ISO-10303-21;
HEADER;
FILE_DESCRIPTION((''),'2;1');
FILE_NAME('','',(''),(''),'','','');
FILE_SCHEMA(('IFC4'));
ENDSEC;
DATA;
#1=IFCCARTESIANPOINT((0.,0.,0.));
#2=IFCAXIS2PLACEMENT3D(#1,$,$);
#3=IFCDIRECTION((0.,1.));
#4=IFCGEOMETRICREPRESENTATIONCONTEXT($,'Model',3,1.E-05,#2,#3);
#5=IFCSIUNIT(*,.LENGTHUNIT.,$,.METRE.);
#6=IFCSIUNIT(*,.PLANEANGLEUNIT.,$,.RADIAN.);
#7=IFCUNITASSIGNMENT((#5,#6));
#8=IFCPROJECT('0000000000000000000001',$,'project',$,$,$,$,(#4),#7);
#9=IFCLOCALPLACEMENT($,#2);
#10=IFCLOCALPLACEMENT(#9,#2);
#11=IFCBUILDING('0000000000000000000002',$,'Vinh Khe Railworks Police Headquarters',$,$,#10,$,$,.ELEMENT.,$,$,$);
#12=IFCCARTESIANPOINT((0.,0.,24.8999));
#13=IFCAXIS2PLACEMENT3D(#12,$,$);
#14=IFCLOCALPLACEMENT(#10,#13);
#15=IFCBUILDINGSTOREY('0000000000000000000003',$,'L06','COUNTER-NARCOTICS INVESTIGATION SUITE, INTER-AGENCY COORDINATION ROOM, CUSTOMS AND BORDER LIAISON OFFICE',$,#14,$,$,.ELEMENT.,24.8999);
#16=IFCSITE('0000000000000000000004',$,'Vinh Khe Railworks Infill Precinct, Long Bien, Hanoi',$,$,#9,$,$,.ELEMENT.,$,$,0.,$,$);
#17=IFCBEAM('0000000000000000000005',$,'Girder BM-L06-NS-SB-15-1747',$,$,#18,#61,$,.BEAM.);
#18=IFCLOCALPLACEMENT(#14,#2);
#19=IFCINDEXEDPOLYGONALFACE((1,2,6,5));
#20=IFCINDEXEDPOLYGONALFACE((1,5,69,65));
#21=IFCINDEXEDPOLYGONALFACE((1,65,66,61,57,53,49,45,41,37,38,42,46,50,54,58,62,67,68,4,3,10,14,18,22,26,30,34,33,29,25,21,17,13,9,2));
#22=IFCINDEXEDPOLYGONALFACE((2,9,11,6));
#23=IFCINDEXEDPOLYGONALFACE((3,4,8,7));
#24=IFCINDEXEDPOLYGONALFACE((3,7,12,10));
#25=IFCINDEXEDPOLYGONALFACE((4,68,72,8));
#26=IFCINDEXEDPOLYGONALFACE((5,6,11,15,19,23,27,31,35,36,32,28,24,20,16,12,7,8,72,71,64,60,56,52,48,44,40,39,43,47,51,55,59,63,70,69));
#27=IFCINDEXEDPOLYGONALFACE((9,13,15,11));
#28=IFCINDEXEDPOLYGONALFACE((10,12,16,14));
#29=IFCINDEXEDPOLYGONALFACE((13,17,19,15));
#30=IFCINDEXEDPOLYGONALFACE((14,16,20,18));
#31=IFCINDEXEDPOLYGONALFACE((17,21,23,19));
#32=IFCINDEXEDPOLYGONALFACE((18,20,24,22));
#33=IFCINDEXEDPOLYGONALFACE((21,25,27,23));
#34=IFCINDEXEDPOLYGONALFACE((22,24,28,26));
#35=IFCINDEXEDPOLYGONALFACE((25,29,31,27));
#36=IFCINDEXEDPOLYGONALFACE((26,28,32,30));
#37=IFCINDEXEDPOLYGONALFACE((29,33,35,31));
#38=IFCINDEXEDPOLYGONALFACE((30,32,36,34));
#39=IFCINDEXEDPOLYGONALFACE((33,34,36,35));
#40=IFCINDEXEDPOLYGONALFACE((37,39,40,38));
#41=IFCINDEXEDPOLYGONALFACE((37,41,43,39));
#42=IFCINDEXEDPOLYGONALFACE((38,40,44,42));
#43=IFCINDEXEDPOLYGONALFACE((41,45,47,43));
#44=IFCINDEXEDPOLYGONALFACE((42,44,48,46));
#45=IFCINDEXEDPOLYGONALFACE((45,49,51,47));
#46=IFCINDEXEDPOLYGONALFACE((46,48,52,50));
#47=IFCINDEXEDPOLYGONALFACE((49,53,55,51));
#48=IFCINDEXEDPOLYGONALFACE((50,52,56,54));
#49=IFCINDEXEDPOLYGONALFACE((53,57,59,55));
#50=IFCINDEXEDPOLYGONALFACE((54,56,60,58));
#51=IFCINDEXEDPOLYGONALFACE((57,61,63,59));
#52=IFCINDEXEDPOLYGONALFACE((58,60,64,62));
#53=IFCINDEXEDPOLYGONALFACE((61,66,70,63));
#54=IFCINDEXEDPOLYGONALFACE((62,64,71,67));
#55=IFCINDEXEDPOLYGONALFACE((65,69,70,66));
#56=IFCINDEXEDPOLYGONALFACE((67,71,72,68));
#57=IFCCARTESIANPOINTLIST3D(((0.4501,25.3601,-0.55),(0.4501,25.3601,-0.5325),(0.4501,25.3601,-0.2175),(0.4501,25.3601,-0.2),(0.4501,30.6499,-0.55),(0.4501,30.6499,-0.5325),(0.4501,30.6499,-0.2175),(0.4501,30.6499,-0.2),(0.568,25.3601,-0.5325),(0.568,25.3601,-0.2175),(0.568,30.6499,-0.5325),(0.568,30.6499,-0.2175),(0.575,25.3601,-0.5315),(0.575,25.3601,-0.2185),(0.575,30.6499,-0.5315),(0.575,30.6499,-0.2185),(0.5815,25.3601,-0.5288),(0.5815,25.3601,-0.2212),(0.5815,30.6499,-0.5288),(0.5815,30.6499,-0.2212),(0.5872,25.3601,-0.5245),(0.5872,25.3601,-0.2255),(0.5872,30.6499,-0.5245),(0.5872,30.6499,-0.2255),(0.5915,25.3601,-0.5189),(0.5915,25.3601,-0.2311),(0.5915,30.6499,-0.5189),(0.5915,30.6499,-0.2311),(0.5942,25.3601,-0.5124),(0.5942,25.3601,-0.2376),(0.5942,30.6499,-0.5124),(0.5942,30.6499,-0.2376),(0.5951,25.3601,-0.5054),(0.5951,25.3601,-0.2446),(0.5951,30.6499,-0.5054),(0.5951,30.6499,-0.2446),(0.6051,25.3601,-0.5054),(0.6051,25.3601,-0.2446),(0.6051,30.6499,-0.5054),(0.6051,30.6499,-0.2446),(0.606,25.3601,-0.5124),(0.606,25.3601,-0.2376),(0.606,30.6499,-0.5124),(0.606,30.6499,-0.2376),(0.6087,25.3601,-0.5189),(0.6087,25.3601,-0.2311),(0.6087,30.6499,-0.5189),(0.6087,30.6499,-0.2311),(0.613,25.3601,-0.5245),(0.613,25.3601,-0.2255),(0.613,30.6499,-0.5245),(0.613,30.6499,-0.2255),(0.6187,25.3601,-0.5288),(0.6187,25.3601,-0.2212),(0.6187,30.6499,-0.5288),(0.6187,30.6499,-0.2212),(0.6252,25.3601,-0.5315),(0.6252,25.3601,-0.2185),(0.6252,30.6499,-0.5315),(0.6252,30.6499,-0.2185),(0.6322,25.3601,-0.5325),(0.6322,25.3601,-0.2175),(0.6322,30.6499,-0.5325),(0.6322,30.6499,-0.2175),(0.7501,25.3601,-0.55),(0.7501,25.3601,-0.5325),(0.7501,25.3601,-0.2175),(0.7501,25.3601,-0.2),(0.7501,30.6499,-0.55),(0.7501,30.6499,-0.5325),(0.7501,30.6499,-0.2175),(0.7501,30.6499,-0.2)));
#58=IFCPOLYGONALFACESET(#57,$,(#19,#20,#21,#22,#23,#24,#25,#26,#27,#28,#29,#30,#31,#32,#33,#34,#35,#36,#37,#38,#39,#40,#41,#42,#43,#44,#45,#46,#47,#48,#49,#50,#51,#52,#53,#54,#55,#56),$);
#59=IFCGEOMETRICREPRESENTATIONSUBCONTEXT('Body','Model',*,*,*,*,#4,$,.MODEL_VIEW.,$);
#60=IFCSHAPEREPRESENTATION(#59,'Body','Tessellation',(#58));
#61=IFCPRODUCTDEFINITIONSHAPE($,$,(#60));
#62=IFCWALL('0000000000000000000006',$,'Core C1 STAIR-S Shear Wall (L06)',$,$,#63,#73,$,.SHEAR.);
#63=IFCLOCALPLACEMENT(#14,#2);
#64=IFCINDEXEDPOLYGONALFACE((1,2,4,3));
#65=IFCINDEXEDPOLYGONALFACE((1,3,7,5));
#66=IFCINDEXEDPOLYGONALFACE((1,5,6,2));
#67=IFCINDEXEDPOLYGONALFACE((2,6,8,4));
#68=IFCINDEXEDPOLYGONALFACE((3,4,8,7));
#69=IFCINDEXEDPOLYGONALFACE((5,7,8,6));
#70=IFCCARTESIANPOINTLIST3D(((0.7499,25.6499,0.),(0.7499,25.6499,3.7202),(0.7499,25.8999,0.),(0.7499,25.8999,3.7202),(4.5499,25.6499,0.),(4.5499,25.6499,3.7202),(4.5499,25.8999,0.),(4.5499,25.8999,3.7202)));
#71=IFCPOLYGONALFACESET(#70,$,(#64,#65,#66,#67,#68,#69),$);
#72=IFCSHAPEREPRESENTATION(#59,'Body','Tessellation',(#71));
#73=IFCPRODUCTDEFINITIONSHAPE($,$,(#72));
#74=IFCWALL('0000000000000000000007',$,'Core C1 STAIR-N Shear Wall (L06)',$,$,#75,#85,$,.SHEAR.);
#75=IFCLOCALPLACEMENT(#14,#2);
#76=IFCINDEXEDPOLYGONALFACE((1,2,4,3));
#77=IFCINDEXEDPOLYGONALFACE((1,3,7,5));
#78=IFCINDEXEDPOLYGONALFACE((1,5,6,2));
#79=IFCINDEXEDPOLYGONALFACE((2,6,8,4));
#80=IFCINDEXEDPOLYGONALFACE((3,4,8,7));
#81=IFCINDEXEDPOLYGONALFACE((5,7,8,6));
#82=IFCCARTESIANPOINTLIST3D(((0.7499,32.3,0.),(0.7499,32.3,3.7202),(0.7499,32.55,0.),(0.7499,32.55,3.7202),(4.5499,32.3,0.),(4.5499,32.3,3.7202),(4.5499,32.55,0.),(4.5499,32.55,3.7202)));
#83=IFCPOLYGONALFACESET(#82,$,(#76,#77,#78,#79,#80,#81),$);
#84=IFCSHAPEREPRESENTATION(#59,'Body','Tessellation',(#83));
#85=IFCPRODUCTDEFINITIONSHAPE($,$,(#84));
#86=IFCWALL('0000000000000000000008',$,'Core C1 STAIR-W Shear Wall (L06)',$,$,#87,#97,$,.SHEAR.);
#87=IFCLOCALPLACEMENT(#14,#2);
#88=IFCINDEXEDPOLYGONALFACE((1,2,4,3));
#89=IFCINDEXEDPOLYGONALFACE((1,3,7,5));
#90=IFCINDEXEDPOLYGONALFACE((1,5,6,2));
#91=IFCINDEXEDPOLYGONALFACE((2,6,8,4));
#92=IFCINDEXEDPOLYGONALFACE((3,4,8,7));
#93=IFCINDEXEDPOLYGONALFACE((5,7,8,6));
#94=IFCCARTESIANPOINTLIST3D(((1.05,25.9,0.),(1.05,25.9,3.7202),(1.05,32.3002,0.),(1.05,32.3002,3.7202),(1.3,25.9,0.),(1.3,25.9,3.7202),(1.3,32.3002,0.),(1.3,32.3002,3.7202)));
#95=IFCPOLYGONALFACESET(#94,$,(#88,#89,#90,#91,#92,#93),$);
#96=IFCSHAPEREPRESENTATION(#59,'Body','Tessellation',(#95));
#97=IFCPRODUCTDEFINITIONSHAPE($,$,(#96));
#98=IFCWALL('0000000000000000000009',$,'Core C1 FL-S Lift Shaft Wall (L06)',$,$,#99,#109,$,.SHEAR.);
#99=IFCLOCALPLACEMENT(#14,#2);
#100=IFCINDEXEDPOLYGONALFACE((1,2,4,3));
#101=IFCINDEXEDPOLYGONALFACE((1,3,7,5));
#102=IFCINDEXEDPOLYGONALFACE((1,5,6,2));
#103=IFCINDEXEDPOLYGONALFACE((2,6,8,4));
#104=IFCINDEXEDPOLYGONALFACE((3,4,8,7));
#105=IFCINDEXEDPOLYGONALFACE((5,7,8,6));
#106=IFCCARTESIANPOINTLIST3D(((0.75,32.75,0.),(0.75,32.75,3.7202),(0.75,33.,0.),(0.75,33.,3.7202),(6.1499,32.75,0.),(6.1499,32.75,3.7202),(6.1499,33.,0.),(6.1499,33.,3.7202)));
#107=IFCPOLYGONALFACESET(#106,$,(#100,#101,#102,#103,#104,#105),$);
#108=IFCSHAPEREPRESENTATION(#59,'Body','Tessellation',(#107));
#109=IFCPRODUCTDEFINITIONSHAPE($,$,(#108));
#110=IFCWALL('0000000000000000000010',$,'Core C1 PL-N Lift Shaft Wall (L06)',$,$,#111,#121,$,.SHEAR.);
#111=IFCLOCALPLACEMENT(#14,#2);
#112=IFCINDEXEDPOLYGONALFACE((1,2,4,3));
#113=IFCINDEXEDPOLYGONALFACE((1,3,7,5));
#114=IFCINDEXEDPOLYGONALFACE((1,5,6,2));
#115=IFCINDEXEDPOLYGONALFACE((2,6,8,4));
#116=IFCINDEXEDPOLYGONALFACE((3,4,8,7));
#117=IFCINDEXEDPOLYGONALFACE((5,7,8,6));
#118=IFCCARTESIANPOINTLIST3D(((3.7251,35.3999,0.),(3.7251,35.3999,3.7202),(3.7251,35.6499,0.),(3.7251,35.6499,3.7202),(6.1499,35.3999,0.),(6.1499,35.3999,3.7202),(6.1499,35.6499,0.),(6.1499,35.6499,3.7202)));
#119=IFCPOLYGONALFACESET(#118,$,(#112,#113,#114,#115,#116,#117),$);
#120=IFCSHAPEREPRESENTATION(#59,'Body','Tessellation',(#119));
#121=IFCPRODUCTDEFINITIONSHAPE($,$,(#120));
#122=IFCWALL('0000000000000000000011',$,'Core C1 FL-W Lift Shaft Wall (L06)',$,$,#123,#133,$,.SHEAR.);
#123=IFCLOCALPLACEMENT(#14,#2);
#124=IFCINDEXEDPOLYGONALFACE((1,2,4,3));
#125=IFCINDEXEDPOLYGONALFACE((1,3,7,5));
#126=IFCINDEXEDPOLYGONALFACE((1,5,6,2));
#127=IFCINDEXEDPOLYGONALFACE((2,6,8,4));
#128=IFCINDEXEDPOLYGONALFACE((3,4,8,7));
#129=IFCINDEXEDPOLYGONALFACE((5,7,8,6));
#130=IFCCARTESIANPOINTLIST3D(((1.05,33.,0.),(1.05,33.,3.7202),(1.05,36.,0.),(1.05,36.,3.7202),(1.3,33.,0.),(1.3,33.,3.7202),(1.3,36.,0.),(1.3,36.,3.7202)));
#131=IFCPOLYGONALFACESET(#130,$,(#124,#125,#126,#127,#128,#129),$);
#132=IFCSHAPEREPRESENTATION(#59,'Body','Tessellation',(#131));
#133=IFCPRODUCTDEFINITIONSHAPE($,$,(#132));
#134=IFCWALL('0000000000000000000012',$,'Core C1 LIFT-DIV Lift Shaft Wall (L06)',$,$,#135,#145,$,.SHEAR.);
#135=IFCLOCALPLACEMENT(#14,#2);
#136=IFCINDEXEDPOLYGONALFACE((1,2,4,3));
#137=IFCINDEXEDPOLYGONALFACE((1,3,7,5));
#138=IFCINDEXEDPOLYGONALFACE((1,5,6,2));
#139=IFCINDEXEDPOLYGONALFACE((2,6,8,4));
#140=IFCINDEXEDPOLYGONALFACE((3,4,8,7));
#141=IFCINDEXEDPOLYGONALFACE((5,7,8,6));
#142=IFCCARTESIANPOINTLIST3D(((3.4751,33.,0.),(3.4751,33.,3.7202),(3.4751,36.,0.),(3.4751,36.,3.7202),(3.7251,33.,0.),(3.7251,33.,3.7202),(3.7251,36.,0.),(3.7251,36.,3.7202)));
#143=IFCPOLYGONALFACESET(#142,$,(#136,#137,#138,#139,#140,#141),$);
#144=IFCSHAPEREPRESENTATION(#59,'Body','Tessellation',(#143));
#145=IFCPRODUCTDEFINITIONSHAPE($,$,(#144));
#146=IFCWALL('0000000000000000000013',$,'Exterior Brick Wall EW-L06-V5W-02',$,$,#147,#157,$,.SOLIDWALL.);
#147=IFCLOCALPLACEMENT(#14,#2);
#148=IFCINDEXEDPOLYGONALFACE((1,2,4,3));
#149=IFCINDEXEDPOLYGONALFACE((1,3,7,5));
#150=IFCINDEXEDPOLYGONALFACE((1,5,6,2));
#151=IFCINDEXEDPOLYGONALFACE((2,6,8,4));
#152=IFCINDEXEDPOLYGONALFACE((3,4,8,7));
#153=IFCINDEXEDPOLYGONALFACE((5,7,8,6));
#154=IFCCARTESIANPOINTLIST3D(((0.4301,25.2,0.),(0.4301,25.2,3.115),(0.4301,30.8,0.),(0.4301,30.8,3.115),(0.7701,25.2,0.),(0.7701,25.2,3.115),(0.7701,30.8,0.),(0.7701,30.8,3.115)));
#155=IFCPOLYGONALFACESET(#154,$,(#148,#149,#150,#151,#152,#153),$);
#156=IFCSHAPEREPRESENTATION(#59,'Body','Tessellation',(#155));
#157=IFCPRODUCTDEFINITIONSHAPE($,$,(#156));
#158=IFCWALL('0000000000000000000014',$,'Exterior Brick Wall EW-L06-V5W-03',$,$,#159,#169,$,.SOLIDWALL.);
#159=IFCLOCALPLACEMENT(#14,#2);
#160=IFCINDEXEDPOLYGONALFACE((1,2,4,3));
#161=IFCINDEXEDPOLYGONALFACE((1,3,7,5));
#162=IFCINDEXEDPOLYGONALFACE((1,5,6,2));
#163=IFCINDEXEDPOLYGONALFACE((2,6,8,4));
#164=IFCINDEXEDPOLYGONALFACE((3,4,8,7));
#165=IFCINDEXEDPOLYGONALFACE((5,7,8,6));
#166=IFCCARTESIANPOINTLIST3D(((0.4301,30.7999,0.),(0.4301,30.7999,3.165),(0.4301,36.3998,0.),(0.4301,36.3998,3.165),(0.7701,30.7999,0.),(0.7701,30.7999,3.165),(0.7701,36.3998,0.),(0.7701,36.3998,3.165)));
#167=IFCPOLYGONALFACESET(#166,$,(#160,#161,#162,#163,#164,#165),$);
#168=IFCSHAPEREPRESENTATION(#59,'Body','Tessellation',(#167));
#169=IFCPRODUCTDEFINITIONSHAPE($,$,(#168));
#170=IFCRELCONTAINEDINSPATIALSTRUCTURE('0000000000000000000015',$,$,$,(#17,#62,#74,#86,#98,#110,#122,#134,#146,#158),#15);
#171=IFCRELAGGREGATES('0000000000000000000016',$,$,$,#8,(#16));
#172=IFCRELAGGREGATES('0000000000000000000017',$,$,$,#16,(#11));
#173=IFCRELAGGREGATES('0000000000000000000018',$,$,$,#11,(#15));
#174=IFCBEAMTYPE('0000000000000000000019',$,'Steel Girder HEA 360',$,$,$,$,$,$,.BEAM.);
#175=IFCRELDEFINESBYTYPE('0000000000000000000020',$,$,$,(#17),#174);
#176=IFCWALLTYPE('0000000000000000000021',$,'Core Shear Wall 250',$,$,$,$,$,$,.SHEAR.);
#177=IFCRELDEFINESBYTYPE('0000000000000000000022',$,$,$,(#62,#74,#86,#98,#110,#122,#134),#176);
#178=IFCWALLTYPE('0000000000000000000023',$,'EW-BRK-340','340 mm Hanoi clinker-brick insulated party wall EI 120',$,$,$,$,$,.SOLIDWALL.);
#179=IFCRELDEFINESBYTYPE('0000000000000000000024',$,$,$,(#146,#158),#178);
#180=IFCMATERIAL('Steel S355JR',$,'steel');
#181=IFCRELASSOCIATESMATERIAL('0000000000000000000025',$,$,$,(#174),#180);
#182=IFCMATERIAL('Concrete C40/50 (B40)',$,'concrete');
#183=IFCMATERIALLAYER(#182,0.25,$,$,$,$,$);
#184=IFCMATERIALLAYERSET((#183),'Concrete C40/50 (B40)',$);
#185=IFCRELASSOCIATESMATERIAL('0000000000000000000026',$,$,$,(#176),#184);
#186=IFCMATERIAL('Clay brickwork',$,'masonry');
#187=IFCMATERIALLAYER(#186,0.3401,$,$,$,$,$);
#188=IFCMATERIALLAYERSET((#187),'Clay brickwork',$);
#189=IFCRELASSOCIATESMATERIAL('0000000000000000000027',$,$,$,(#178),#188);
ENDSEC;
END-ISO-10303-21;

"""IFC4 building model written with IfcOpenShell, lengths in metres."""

from ifc_helpers import new_model, si_unit, direction, frame, frame_2d, origin, origin_2d, place, context, subcontext, project, spatial, rectangle, i_section, extrude, material, layer, layer_set, material_profile, profile_set, type_object, element, save


model = new_model("IFC4")

# Units and contexts
model_context = context("Model", 3, precision=1e-05, world=origin(), true_north=direction((0.0, 1.0)))
body_context = subcontext(model_context, "Body", "Model", "MODEL_VIEW")
ifc_project = project(units=[si_unit("LENGTHUNIT", "METRE"), si_unit("PLANEANGLEUNIT", "RADIAN")], contexts=[model_context])

# Site, building, storey
site_placement = place(None, origin())
site = spatial("IfcSite", under=ifc_project, at=site_placement, Name="Vinh Khe Railworks Infill Precinct, Long Bien, Hanoi", CompositionType="ELEMENT", RefElevation=0.0)
building_placement = place(site_placement, origin())
building = spatial("IfcBuilding", under=site, at=building_placement, Name="Vinh Khe Railworks Police Headquarters", CompositionType="ELEMENT")
storey_placement = place(building_placement, frame((0.0, 0.0, 24.8999)))
storey = spatial("IfcBuildingStorey", under=building, at=storey_placement, Name="L06", Description="COUNTER-NARCOTICS INVESTIGATION SUITE, INTER-AGENCY COORDINATION ROOM, CUSTOMS AND BORDER LIAISON OFFICE", CompositionType="ELEMENT", Elevation=24.8999)

# Shared definitions
ifc_material_1 = material(Name="Steel S355JR", Category="steel")

# Beam
ifc_material_profile_1 = material_profile(ifc_material_1, i_section(OverallWidth=0.3, OverallDepth=0.3501, WebThickness=0.01, FlangeThickness=0.0176, FilletRadius=0.0271, at=origin_2d()), Name="HEA 360")
ifc_profile_set_1 = profile_set([ifc_material_profile_1], Name="Steel S355JR")
beam_type_1 = type_object("IfcBeamType", Name="Steel Girder HEA 360", PredefinedType="BEAM", material=ifc_profile_set_1)
beam_1_placement = place(storey_placement, frame((0.6001, 25.3601, -0.375), z_axis=(0.0, 1.0, 0.0), x_axis=(-1.0, 0.0, 0.0)))
element("IfcBeam", 1, at=beam_1_placement, inside=storey, type_object=beam_type_1, Name="Girder BM-L06-NS-SB-15-1747", PredefinedType="BEAM", context=body_context, shape_type="SweptSolid", body=[
    extrude(i_section(OverallWidth=0.3, OverallDepth=0.3501, WebThickness=0.01, FlangeThickness=0.0176, FilletRadius=0.0271, at=origin_2d()), origin(), (0.0, 0.0, 1.0), 5.2898),
])

# Walls
ifc_material_2 = material(Name="Concrete C40/50 (B40)", Category="concrete")
ifc_layer_1 = layer(ifc_material_2, 0.25)
ifc_layer_set_1 = layer_set([ifc_layer_1], Name="Concrete C40/50 (B40)")
wall_type_1 = type_object("IfcWallType", Name="Core Shear Wall 250", PredefinedType="SHEAR", material=ifc_layer_set_1)
for number, where, z_axis, x_axis, name in (
    (2, (0.75, 25.7749, 0.0), (0.0, 0.0, 1.0), (1.0, 0.0, 0.0), "Core C1 STAIR-S Shear Wall (L06)"),
    (3, (0.75, 32.425, 0.0), (0.0, 0.0, 1.0), (1.0, 0.0, 0.0), "Core C1 STAIR-N Shear Wall (L06)"),
):
    element("IfcWall", number, at=place(storey_placement, frame(where, z_axis=z_axis, x_axis=x_axis)), inside=storey, type_object=wall_type_1, Name=name, PredefinedType="SHEAR", context=body_context, shape_type="SweptSolid", body=[
        extrude(rectangle(XDim=3.8, YDim=0.25, at=frame_2d((1.8999, 0.0))), origin(), (0.0, 0.0, 1.0), 3.7202),
    ])
wall_1_placement = place(storey_placement, frame((1.175, 25.8999, 0.0), z_axis=(0.0, 0.0, 1.0), x_axis=(0.0, 1.0, 0.0)))
element("IfcWall", 4, at=wall_1_placement, inside=storey, type_object=wall_type_1, Name="Core C1 STAIR-W Shear Wall (L06)", PredefinedType="SHEAR", context=body_context, shape_type="SweptSolid", body=[
    extrude(rectangle(XDim=6.4001, YDim=0.25, at=frame_2d((3.2002, 0.0))), origin(), (0.0, 0.0, 1.0), 3.7202),
])

# Wall
wall_2_placement = place(storey_placement, frame((0.75, 32.875, 0.0), z_axis=(0.0, 0.0, 1.0), x_axis=(1.0, 0.0, 0.0)))
element("IfcWall", 5, at=wall_2_placement, inside=storey, type_object=wall_type_1, Name="Core C1 FL-S Lift Shaft Wall (L06)", PredefinedType="SHEAR", context=body_context, shape_type="SweptSolid", body=[
    extrude(rectangle(XDim=5.3999, YDim=0.25, at=frame_2d((2.7, 0.0))), origin(), (0.0, 0.0, 1.0), 3.7202),
])

# Walls
wall_3_placement = place(storey_placement, frame((3.7251, 35.5249, 0.0), z_axis=(0.0, 0.0, 1.0), x_axis=(1.0, 0.0, 0.0)))
element("IfcWall", 6, at=wall_3_placement, inside=storey, type_object=wall_type_1, Name="Core C1 PL-N Lift Shaft Wall (L06)", PredefinedType="SHEAR", context=body_context, shape_type="SweptSolid", body=[
    extrude(rectangle(XDim=2.4248, YDim=0.25, at=frame_2d((1.2124, 0.0))), origin(), (0.0, 0.0, 1.0), 3.7202),
])
for number, where, z_axis, x_axis, name in (
    (7, (1.175, 33.0, 0.0), (0.0, 0.0, 1.0), (0.0, 1.0, 0.0), "Core C1 FL-W Lift Shaft Wall (L06)"),
    (8, (3.6001, 33.0, 0.0), (0.0, 0.0, 1.0), (0.0, 1.0, 0.0), "Core C1 LIFT-DIV Lift Shaft Wall (L06)"),
):
    element("IfcWall", number, at=place(storey_placement, frame(where, z_axis=z_axis, x_axis=x_axis)), inside=storey, type_object=wall_type_1, Name=name, PredefinedType="SHEAR", context=body_context, shape_type="SweptSolid", body=[
        extrude(rectangle(XDim=3.0, YDim=0.25, at=frame_2d((1.5, 0.0))), origin(), (0.0, 0.0, 1.0), 3.7202),
    ])
ifc_material_3 = material(Name="Clay brickwork", Category="masonry")
ifc_layer_2 = layer(ifc_material_3, 0.3401)
ifc_layer_set_2 = layer_set([ifc_layer_2], Name="Clay brickwork")
wall_type_2 = type_object("IfcWallType", Name="EW-BRK-340", Description="340 mm Hanoi clinker-brick insulated party wall EI 120", PredefinedType="SOLIDWALL", material=ifc_layer_set_2)
wall_4_placement = place(storey_placement, frame((0.6001, 25.2, 0.0), z_axis=(0.0, 0.0, 1.0), x_axis=(0.0, 1.0, 0.0)))
element("IfcWall", 9, at=wall_4_placement, inside=storey, type_object=wall_type_2, Name="Exterior Brick Wall EW-L06-V5W-02", PredefinedType="SOLIDWALL", context=body_context, shape_type="SweptSolid", body=[
    extrude(rectangle(XDim=5.6001, YDim=0.3401, at=frame_2d((2.8, 0.0))), origin(), (0.0, 0.0, 1.0), 3.115),
])
wall_5_placement = place(storey_placement, frame((0.6001, 30.8, 0.0), z_axis=(0.0, 0.0, 1.0), x_axis=(0.0, 1.0, 0.0)))
element("IfcWall", 10, at=wall_5_placement, inside=storey, type_object=wall_type_2, Name="Exterior Brick Wall EW-L06-V5W-03", PredefinedType="SOLIDWALL", context=body_context, shape_type="SweptSolid", body=[
    extrude(rectangle(XDim=5.5999, YDim=0.3401, at=frame_2d((2.7998, 0.0))), origin(), (0.0, 0.0, 1.0), 3.165),
])

save(model, "model.ifc")
